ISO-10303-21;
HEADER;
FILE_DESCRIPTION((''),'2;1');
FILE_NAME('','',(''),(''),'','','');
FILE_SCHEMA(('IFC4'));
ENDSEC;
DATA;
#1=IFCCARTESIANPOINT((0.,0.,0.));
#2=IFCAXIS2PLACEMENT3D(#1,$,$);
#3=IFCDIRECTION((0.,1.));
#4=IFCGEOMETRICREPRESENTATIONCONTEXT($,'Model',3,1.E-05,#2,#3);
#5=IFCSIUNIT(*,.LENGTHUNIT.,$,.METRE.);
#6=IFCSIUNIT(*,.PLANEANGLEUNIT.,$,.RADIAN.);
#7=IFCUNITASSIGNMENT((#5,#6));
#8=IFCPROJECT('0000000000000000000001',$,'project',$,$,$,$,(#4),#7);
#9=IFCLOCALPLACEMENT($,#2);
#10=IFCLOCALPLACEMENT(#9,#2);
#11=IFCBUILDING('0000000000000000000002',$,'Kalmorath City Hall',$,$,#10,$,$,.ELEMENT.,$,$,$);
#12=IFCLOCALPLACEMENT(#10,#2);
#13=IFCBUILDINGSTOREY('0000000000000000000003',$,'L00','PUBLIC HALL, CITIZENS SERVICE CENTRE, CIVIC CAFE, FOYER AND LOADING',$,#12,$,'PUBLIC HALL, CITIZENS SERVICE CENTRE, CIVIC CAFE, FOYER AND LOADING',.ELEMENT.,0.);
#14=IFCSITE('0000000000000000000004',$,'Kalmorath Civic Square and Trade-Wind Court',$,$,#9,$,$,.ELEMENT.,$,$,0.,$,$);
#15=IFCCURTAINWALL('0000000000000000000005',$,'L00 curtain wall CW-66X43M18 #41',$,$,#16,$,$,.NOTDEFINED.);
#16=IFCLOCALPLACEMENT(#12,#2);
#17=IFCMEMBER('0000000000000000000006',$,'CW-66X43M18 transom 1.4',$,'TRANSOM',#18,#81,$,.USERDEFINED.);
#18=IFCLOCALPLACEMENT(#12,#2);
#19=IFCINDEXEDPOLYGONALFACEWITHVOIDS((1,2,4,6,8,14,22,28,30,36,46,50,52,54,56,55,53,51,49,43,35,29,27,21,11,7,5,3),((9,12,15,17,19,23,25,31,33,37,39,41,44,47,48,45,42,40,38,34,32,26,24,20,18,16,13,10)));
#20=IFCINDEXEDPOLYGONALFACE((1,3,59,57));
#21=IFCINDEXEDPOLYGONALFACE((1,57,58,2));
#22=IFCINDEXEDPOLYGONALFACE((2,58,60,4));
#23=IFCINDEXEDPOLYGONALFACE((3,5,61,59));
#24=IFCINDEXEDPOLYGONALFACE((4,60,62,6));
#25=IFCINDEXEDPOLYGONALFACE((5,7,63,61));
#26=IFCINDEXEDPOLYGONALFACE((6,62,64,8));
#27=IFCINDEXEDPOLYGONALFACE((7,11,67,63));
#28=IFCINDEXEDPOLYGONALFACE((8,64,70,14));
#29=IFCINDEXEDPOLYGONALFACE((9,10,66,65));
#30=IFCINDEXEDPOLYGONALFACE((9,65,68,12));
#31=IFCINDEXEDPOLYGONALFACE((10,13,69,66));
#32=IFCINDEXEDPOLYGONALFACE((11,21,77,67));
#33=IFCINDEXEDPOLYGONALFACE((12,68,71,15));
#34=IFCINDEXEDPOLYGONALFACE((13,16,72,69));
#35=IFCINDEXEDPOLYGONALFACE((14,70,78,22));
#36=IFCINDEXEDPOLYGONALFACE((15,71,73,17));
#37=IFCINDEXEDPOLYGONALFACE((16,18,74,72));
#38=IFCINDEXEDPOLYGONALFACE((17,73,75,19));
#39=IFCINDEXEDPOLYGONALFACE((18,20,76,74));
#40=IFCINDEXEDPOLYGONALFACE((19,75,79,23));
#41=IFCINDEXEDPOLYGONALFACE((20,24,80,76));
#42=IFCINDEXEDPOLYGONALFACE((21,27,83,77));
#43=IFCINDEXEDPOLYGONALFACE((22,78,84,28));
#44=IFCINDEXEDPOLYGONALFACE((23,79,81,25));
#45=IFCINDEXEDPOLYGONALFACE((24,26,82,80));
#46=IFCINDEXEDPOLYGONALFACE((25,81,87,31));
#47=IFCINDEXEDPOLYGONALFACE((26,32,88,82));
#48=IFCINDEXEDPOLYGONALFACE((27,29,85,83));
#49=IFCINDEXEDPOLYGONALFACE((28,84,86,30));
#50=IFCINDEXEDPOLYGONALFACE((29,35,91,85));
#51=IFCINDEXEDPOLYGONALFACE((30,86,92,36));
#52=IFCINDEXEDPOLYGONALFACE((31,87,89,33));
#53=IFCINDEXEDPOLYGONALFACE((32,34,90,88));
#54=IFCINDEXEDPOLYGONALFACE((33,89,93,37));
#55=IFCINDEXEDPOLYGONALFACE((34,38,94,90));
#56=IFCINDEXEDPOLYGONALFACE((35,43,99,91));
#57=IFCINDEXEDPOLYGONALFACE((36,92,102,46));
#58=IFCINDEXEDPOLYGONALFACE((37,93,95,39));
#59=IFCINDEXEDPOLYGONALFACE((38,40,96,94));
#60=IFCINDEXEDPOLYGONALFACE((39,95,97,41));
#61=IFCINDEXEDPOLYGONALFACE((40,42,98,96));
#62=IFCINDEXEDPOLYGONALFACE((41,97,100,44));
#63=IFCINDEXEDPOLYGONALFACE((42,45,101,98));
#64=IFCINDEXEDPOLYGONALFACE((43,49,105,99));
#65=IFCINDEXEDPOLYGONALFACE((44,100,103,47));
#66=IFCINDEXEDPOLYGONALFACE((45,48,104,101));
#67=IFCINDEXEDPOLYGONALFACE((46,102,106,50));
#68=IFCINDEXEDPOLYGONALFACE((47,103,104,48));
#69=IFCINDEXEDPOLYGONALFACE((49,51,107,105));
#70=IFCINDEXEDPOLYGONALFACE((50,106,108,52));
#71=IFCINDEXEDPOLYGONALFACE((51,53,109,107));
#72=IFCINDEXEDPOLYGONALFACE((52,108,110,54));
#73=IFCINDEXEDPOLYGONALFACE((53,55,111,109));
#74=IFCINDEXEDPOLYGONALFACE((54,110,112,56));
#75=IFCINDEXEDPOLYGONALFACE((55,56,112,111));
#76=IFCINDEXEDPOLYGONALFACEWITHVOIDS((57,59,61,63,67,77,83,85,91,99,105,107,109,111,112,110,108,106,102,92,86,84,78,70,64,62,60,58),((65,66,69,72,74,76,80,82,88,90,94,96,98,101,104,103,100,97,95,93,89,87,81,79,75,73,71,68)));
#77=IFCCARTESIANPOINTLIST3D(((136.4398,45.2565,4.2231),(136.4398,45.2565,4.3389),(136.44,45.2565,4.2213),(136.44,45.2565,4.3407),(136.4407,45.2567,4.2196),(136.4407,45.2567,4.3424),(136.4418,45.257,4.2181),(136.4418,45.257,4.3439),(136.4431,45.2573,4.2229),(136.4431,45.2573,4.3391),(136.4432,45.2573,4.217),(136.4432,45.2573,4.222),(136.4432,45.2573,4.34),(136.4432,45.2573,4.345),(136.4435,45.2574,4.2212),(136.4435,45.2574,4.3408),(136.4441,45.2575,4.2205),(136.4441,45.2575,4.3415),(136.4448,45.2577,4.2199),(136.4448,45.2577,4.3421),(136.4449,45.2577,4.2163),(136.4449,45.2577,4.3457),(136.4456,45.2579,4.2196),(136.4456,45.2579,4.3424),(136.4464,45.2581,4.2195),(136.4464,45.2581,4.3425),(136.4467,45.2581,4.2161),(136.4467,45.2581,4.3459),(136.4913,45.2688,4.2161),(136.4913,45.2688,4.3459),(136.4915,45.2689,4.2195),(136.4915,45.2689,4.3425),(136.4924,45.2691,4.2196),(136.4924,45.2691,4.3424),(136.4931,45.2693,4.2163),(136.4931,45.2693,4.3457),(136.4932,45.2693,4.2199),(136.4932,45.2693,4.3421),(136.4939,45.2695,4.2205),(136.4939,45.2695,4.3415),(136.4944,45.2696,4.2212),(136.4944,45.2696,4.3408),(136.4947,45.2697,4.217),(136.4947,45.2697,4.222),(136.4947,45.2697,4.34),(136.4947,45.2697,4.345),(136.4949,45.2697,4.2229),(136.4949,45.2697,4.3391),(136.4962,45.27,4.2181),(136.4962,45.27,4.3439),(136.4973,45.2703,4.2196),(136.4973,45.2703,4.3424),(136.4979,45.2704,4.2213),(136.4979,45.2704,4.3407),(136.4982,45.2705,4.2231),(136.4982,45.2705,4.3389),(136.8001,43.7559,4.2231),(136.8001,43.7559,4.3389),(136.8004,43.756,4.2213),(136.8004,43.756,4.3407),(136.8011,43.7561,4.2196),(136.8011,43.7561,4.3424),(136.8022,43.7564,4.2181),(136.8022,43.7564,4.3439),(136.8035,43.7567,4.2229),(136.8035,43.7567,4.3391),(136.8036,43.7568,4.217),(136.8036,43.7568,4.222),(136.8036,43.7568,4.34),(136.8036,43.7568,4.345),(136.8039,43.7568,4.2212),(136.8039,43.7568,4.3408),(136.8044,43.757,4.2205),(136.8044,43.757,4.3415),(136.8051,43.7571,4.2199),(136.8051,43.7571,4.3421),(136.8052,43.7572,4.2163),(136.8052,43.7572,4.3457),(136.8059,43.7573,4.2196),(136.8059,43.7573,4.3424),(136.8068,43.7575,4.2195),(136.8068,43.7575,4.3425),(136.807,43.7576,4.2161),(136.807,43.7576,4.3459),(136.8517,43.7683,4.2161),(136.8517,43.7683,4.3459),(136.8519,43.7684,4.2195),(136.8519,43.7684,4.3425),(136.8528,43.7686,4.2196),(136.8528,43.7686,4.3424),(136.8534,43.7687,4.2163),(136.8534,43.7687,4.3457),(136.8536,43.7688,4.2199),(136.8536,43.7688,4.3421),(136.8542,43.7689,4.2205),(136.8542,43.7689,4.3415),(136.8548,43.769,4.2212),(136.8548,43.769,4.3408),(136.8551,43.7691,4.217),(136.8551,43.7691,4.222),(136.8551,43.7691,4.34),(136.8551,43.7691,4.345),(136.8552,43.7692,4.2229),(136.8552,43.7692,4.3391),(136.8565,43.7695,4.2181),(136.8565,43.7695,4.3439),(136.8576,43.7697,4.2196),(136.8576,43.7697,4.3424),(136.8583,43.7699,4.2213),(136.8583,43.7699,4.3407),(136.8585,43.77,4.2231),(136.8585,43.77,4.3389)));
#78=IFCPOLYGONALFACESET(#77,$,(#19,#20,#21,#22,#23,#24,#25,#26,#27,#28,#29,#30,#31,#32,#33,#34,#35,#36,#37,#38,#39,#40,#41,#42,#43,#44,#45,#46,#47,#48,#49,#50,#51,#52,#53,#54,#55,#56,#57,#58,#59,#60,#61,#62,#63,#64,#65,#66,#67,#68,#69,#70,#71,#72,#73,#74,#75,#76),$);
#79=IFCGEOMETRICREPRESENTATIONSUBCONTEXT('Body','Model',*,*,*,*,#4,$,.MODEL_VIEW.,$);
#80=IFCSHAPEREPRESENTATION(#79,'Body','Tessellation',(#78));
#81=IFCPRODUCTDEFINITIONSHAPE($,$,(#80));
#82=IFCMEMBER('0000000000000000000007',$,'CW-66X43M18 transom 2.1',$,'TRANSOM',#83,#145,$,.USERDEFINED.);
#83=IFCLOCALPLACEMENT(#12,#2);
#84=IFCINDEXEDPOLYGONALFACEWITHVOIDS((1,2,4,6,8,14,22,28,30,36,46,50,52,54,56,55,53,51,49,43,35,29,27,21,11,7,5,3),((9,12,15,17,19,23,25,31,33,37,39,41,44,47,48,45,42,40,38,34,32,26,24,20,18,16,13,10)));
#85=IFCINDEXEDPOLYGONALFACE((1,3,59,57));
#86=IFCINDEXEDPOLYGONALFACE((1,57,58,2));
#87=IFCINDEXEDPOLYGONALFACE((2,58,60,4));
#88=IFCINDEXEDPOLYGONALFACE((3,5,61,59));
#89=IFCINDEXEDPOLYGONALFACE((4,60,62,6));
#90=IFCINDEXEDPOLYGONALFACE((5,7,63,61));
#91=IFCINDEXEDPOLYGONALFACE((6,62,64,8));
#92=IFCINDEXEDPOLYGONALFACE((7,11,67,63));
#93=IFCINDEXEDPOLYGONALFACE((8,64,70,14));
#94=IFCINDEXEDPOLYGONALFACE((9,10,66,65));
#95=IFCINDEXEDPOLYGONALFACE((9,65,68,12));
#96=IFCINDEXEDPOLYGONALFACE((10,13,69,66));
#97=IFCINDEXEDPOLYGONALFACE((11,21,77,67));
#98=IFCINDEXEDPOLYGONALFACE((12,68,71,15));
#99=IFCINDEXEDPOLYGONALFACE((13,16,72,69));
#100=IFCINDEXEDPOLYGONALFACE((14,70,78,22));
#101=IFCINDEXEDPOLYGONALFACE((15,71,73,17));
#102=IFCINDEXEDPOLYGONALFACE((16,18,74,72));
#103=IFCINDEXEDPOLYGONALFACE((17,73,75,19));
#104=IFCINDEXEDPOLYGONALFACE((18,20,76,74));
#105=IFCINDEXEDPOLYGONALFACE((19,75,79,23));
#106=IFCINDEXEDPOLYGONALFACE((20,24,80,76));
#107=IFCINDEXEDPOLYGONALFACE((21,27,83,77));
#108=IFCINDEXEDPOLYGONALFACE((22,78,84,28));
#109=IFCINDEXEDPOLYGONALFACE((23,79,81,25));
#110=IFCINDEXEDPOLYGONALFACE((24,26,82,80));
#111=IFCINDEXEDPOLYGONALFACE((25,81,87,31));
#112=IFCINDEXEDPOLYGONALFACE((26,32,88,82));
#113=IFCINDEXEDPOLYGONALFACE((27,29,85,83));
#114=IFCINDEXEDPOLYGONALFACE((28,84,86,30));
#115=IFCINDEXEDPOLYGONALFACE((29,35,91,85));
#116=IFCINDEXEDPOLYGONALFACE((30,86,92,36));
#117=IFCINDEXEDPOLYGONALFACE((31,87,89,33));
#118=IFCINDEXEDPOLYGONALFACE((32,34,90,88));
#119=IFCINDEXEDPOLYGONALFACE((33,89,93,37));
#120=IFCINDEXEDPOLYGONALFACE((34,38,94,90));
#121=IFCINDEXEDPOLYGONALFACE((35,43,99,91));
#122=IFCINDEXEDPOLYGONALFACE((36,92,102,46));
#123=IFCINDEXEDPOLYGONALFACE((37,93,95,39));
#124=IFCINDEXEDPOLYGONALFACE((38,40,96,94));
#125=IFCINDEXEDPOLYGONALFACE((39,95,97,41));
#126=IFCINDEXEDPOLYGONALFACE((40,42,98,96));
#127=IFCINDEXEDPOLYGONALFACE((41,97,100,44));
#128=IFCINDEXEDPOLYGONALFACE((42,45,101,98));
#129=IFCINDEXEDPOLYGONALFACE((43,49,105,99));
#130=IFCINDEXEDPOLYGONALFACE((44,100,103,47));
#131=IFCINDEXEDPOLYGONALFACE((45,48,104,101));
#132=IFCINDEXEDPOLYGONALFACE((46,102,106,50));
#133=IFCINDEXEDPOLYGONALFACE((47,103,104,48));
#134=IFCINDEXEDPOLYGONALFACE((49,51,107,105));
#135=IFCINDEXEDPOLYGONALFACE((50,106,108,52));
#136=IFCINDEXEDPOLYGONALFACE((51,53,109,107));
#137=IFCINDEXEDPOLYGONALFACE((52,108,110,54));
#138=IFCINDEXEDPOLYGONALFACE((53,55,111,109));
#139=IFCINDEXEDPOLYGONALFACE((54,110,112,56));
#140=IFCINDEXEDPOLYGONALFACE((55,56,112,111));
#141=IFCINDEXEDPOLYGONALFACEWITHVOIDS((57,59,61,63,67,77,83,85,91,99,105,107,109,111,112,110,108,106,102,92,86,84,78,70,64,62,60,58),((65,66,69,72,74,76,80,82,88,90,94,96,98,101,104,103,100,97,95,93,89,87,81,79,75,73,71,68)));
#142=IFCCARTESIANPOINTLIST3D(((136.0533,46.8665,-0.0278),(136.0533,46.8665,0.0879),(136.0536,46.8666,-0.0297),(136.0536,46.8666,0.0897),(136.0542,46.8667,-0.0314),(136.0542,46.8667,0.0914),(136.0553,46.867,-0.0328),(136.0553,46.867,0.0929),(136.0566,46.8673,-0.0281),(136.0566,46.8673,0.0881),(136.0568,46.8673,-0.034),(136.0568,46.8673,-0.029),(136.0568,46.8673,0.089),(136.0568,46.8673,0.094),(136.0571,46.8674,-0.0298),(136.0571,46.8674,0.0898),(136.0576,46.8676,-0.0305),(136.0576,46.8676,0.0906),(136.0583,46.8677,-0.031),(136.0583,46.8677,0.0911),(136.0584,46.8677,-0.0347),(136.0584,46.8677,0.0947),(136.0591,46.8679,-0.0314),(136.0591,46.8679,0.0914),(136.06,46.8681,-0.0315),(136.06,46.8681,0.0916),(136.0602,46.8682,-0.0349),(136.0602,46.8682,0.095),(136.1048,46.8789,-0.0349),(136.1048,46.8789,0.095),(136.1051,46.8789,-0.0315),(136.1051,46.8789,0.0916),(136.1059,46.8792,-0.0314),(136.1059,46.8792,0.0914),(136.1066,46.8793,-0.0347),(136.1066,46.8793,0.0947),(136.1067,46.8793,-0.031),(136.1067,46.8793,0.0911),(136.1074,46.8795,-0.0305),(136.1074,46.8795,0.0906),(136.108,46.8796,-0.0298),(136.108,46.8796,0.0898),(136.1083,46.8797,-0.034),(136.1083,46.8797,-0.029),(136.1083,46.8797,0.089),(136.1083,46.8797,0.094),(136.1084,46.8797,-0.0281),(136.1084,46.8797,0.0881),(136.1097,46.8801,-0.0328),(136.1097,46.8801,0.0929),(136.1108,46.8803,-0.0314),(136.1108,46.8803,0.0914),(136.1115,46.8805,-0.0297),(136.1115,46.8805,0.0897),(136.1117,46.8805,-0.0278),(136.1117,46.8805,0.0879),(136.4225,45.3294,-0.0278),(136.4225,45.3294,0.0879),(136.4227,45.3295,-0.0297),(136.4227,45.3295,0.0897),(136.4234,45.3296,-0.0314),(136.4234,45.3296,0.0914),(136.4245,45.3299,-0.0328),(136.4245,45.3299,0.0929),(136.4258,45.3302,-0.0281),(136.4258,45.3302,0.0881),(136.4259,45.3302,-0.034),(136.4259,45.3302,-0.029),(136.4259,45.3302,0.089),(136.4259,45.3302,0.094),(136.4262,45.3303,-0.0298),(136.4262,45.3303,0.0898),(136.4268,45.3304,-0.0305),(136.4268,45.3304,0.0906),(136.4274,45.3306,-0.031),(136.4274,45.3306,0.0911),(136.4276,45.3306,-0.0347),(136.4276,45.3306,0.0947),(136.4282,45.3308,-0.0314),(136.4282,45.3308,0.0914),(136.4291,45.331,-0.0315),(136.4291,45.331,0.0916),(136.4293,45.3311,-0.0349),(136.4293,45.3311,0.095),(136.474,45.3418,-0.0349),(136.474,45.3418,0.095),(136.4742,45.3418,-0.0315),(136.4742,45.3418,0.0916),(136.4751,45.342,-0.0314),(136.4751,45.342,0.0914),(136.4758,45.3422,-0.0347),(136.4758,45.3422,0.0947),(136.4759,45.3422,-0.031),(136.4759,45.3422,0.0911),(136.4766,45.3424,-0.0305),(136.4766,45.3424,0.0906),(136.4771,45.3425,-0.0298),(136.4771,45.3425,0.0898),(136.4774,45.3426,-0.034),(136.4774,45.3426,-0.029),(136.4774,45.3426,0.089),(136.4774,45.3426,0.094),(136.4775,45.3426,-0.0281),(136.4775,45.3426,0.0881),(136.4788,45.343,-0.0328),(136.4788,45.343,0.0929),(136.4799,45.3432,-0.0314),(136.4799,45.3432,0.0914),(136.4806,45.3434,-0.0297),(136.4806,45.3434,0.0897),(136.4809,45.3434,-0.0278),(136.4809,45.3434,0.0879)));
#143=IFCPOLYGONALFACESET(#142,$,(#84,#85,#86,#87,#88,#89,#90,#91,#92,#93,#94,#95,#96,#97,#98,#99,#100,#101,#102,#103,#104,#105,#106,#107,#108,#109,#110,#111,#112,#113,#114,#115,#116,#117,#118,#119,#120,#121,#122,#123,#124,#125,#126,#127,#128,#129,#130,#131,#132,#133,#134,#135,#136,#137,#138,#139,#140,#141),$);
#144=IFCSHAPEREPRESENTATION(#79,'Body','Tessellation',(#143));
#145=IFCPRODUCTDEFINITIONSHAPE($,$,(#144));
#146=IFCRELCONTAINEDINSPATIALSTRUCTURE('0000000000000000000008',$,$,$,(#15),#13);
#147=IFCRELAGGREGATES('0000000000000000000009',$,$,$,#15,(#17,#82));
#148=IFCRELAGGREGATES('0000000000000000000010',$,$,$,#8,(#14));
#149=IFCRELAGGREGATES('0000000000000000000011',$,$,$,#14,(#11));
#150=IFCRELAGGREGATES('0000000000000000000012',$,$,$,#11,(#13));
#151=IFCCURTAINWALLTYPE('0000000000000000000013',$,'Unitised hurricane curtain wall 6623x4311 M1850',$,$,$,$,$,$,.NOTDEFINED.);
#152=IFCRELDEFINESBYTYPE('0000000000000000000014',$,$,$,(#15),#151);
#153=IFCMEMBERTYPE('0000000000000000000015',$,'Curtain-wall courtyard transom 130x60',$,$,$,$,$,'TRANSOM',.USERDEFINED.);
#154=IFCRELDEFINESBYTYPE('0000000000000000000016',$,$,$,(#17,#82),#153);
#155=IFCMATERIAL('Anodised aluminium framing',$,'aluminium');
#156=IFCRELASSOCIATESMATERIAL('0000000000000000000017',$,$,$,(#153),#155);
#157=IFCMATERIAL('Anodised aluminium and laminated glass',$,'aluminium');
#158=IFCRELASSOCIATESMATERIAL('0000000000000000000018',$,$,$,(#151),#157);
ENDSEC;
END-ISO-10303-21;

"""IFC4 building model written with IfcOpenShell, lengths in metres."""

from ifc_helpers import new_model, si_unit, direction, frame, origin, origin_2d, place, context, subcontext, project, spatial, hollow_rectangle, extrude, material, material_profile, profile_set, type_object, element, aggregate, save


model = new_model("IFC4")

# Units and contexts
model_context = context("Model", 3, precision=1e-05, world=origin(), true_north=direction((0.0, 1.0)))
body_context = subcontext(model_context, "Body", "Model", "MODEL_VIEW")
ifc_project = project(units=[si_unit("LENGTHUNIT", "METRE"), si_unit("PLANEANGLEUNIT", "RADIAN")], contexts=[model_context])

# Site, building, storey
site_placement = place(None, origin())
site = spatial("IfcSite", under=ifc_project, at=site_placement, Name="Kalmorath Civic Square and Trade-Wind Court", CompositionType="ELEMENT", RefElevation=0.0)
building_placement = place(site_placement, origin())
building = spatial("IfcBuilding", under=site, at=building_placement, Name="Kalmorath City Hall", CompositionType="ELEMENT")
storey_placement = place(building_placement, origin())
storey = spatial("IfcBuildingStorey", under=building, at=storey_placement, Name="L00", Description="PUBLIC HALL, CITIZENS SERVICE CENTRE, CIVIC CAFE, FOYER AND LOADING", LongName="PUBLIC HALL, CITIZENS SERVICE CENTRE, CIVIC CAFE, FOYER AND LOADING", CompositionType="ELEMENT", Elevation=0.0)

# Curtain wall, members
ifc_material_1 = material(Name="Anodised aluminium framing", Category="aluminium")
ifc_material_profile_1 = material_profile(ifc_material_1, hollow_rectangle(XDim=0.0601, YDim=0.1299, WallThickness=0.0034, InnerFilletRadius=0.0034, OuterFilletRadius=0.0071, at=origin_2d()), Name="ALU-TRN-130X60X3.5")
ifc_profile_set_1 = profile_set([ifc_material_profile_1], Name="Anodised aluminium framing")
member_type_1 = type_object("IfcMemberType", Name="Curtain-wall courtyard transom 130x60", ElementType="TRANSOM", PredefinedType="USERDEFINED", material=ifc_profile_set_1)
ifc_material_2 = material(Name="Anodised aluminium and laminated glass", Category="aluminium")
curtain_wall_type_1 = type_object("IfcCurtainWallType", Name="Unitised hurricane curtain wall 6623x4311 M1850", PredefinedType="NOTDEFINED", material=ifc_material_2)
curtain_wall_1_placement = place(storey_placement, origin())
curtain_wall_1 = element("IfcCurtainWall", 1, at=curtain_wall_1_placement, inside=storey, type_object=curtain_wall_type_1, Name="L00 curtain wall CW-66X43M18 #41", PredefinedType="NOTDEFINED")
member_1_placement = place(storey_placement, frame((136.8293, 43.7629, 4.281), z_axis=(-0.233517, 0.972353, 0.0), x_axis=(-0.972353, -0.233517, 0.0)))
member_1 = element("IfcMember", 2, at=member_1_placement, type_object=member_type_1, Name="CW-66X43M18 transom 1.4", ObjectType="TRANSOM", PredefinedType="USERDEFINED", context=body_context, shape_type="SweptSolid", body=[
    extrude(hollow_rectangle(XDim=0.0601, YDim=0.1299, WallThickness=0.0034, InnerFilletRadius=0.0034, OuterFilletRadius=0.0071, at=origin_2d()), origin(), (0.0, 0.0, 1.0), 1.5432),
])
member_2_placement = place(storey_placement, frame((136.4517, 45.3364, 0.03), z_axis=(-0.233513, 0.972354, 0.0), x_axis=(-0.972354, -0.233513, 0.0)))
member_2 = element("IfcMember", 3, at=member_2_placement, type_object=member_type_1, Name="CW-66X43M18 transom 2.1", ObjectType="TRANSOM", PredefinedType="USERDEFINED", context=body_context, shape_type="SweptSolid", body=[
    extrude(hollow_rectangle(XDim=0.0601, YDim=0.1299, WallThickness=0.0034, InnerFilletRadius=0.0034, OuterFilletRadius=0.0071, at=origin_2d()), origin(), (0.0, 0.0, 1.0), 1.5808),
])

aggregate(curtain_wall_1, [member_1, member_2])

save(model, "model.ifc")
